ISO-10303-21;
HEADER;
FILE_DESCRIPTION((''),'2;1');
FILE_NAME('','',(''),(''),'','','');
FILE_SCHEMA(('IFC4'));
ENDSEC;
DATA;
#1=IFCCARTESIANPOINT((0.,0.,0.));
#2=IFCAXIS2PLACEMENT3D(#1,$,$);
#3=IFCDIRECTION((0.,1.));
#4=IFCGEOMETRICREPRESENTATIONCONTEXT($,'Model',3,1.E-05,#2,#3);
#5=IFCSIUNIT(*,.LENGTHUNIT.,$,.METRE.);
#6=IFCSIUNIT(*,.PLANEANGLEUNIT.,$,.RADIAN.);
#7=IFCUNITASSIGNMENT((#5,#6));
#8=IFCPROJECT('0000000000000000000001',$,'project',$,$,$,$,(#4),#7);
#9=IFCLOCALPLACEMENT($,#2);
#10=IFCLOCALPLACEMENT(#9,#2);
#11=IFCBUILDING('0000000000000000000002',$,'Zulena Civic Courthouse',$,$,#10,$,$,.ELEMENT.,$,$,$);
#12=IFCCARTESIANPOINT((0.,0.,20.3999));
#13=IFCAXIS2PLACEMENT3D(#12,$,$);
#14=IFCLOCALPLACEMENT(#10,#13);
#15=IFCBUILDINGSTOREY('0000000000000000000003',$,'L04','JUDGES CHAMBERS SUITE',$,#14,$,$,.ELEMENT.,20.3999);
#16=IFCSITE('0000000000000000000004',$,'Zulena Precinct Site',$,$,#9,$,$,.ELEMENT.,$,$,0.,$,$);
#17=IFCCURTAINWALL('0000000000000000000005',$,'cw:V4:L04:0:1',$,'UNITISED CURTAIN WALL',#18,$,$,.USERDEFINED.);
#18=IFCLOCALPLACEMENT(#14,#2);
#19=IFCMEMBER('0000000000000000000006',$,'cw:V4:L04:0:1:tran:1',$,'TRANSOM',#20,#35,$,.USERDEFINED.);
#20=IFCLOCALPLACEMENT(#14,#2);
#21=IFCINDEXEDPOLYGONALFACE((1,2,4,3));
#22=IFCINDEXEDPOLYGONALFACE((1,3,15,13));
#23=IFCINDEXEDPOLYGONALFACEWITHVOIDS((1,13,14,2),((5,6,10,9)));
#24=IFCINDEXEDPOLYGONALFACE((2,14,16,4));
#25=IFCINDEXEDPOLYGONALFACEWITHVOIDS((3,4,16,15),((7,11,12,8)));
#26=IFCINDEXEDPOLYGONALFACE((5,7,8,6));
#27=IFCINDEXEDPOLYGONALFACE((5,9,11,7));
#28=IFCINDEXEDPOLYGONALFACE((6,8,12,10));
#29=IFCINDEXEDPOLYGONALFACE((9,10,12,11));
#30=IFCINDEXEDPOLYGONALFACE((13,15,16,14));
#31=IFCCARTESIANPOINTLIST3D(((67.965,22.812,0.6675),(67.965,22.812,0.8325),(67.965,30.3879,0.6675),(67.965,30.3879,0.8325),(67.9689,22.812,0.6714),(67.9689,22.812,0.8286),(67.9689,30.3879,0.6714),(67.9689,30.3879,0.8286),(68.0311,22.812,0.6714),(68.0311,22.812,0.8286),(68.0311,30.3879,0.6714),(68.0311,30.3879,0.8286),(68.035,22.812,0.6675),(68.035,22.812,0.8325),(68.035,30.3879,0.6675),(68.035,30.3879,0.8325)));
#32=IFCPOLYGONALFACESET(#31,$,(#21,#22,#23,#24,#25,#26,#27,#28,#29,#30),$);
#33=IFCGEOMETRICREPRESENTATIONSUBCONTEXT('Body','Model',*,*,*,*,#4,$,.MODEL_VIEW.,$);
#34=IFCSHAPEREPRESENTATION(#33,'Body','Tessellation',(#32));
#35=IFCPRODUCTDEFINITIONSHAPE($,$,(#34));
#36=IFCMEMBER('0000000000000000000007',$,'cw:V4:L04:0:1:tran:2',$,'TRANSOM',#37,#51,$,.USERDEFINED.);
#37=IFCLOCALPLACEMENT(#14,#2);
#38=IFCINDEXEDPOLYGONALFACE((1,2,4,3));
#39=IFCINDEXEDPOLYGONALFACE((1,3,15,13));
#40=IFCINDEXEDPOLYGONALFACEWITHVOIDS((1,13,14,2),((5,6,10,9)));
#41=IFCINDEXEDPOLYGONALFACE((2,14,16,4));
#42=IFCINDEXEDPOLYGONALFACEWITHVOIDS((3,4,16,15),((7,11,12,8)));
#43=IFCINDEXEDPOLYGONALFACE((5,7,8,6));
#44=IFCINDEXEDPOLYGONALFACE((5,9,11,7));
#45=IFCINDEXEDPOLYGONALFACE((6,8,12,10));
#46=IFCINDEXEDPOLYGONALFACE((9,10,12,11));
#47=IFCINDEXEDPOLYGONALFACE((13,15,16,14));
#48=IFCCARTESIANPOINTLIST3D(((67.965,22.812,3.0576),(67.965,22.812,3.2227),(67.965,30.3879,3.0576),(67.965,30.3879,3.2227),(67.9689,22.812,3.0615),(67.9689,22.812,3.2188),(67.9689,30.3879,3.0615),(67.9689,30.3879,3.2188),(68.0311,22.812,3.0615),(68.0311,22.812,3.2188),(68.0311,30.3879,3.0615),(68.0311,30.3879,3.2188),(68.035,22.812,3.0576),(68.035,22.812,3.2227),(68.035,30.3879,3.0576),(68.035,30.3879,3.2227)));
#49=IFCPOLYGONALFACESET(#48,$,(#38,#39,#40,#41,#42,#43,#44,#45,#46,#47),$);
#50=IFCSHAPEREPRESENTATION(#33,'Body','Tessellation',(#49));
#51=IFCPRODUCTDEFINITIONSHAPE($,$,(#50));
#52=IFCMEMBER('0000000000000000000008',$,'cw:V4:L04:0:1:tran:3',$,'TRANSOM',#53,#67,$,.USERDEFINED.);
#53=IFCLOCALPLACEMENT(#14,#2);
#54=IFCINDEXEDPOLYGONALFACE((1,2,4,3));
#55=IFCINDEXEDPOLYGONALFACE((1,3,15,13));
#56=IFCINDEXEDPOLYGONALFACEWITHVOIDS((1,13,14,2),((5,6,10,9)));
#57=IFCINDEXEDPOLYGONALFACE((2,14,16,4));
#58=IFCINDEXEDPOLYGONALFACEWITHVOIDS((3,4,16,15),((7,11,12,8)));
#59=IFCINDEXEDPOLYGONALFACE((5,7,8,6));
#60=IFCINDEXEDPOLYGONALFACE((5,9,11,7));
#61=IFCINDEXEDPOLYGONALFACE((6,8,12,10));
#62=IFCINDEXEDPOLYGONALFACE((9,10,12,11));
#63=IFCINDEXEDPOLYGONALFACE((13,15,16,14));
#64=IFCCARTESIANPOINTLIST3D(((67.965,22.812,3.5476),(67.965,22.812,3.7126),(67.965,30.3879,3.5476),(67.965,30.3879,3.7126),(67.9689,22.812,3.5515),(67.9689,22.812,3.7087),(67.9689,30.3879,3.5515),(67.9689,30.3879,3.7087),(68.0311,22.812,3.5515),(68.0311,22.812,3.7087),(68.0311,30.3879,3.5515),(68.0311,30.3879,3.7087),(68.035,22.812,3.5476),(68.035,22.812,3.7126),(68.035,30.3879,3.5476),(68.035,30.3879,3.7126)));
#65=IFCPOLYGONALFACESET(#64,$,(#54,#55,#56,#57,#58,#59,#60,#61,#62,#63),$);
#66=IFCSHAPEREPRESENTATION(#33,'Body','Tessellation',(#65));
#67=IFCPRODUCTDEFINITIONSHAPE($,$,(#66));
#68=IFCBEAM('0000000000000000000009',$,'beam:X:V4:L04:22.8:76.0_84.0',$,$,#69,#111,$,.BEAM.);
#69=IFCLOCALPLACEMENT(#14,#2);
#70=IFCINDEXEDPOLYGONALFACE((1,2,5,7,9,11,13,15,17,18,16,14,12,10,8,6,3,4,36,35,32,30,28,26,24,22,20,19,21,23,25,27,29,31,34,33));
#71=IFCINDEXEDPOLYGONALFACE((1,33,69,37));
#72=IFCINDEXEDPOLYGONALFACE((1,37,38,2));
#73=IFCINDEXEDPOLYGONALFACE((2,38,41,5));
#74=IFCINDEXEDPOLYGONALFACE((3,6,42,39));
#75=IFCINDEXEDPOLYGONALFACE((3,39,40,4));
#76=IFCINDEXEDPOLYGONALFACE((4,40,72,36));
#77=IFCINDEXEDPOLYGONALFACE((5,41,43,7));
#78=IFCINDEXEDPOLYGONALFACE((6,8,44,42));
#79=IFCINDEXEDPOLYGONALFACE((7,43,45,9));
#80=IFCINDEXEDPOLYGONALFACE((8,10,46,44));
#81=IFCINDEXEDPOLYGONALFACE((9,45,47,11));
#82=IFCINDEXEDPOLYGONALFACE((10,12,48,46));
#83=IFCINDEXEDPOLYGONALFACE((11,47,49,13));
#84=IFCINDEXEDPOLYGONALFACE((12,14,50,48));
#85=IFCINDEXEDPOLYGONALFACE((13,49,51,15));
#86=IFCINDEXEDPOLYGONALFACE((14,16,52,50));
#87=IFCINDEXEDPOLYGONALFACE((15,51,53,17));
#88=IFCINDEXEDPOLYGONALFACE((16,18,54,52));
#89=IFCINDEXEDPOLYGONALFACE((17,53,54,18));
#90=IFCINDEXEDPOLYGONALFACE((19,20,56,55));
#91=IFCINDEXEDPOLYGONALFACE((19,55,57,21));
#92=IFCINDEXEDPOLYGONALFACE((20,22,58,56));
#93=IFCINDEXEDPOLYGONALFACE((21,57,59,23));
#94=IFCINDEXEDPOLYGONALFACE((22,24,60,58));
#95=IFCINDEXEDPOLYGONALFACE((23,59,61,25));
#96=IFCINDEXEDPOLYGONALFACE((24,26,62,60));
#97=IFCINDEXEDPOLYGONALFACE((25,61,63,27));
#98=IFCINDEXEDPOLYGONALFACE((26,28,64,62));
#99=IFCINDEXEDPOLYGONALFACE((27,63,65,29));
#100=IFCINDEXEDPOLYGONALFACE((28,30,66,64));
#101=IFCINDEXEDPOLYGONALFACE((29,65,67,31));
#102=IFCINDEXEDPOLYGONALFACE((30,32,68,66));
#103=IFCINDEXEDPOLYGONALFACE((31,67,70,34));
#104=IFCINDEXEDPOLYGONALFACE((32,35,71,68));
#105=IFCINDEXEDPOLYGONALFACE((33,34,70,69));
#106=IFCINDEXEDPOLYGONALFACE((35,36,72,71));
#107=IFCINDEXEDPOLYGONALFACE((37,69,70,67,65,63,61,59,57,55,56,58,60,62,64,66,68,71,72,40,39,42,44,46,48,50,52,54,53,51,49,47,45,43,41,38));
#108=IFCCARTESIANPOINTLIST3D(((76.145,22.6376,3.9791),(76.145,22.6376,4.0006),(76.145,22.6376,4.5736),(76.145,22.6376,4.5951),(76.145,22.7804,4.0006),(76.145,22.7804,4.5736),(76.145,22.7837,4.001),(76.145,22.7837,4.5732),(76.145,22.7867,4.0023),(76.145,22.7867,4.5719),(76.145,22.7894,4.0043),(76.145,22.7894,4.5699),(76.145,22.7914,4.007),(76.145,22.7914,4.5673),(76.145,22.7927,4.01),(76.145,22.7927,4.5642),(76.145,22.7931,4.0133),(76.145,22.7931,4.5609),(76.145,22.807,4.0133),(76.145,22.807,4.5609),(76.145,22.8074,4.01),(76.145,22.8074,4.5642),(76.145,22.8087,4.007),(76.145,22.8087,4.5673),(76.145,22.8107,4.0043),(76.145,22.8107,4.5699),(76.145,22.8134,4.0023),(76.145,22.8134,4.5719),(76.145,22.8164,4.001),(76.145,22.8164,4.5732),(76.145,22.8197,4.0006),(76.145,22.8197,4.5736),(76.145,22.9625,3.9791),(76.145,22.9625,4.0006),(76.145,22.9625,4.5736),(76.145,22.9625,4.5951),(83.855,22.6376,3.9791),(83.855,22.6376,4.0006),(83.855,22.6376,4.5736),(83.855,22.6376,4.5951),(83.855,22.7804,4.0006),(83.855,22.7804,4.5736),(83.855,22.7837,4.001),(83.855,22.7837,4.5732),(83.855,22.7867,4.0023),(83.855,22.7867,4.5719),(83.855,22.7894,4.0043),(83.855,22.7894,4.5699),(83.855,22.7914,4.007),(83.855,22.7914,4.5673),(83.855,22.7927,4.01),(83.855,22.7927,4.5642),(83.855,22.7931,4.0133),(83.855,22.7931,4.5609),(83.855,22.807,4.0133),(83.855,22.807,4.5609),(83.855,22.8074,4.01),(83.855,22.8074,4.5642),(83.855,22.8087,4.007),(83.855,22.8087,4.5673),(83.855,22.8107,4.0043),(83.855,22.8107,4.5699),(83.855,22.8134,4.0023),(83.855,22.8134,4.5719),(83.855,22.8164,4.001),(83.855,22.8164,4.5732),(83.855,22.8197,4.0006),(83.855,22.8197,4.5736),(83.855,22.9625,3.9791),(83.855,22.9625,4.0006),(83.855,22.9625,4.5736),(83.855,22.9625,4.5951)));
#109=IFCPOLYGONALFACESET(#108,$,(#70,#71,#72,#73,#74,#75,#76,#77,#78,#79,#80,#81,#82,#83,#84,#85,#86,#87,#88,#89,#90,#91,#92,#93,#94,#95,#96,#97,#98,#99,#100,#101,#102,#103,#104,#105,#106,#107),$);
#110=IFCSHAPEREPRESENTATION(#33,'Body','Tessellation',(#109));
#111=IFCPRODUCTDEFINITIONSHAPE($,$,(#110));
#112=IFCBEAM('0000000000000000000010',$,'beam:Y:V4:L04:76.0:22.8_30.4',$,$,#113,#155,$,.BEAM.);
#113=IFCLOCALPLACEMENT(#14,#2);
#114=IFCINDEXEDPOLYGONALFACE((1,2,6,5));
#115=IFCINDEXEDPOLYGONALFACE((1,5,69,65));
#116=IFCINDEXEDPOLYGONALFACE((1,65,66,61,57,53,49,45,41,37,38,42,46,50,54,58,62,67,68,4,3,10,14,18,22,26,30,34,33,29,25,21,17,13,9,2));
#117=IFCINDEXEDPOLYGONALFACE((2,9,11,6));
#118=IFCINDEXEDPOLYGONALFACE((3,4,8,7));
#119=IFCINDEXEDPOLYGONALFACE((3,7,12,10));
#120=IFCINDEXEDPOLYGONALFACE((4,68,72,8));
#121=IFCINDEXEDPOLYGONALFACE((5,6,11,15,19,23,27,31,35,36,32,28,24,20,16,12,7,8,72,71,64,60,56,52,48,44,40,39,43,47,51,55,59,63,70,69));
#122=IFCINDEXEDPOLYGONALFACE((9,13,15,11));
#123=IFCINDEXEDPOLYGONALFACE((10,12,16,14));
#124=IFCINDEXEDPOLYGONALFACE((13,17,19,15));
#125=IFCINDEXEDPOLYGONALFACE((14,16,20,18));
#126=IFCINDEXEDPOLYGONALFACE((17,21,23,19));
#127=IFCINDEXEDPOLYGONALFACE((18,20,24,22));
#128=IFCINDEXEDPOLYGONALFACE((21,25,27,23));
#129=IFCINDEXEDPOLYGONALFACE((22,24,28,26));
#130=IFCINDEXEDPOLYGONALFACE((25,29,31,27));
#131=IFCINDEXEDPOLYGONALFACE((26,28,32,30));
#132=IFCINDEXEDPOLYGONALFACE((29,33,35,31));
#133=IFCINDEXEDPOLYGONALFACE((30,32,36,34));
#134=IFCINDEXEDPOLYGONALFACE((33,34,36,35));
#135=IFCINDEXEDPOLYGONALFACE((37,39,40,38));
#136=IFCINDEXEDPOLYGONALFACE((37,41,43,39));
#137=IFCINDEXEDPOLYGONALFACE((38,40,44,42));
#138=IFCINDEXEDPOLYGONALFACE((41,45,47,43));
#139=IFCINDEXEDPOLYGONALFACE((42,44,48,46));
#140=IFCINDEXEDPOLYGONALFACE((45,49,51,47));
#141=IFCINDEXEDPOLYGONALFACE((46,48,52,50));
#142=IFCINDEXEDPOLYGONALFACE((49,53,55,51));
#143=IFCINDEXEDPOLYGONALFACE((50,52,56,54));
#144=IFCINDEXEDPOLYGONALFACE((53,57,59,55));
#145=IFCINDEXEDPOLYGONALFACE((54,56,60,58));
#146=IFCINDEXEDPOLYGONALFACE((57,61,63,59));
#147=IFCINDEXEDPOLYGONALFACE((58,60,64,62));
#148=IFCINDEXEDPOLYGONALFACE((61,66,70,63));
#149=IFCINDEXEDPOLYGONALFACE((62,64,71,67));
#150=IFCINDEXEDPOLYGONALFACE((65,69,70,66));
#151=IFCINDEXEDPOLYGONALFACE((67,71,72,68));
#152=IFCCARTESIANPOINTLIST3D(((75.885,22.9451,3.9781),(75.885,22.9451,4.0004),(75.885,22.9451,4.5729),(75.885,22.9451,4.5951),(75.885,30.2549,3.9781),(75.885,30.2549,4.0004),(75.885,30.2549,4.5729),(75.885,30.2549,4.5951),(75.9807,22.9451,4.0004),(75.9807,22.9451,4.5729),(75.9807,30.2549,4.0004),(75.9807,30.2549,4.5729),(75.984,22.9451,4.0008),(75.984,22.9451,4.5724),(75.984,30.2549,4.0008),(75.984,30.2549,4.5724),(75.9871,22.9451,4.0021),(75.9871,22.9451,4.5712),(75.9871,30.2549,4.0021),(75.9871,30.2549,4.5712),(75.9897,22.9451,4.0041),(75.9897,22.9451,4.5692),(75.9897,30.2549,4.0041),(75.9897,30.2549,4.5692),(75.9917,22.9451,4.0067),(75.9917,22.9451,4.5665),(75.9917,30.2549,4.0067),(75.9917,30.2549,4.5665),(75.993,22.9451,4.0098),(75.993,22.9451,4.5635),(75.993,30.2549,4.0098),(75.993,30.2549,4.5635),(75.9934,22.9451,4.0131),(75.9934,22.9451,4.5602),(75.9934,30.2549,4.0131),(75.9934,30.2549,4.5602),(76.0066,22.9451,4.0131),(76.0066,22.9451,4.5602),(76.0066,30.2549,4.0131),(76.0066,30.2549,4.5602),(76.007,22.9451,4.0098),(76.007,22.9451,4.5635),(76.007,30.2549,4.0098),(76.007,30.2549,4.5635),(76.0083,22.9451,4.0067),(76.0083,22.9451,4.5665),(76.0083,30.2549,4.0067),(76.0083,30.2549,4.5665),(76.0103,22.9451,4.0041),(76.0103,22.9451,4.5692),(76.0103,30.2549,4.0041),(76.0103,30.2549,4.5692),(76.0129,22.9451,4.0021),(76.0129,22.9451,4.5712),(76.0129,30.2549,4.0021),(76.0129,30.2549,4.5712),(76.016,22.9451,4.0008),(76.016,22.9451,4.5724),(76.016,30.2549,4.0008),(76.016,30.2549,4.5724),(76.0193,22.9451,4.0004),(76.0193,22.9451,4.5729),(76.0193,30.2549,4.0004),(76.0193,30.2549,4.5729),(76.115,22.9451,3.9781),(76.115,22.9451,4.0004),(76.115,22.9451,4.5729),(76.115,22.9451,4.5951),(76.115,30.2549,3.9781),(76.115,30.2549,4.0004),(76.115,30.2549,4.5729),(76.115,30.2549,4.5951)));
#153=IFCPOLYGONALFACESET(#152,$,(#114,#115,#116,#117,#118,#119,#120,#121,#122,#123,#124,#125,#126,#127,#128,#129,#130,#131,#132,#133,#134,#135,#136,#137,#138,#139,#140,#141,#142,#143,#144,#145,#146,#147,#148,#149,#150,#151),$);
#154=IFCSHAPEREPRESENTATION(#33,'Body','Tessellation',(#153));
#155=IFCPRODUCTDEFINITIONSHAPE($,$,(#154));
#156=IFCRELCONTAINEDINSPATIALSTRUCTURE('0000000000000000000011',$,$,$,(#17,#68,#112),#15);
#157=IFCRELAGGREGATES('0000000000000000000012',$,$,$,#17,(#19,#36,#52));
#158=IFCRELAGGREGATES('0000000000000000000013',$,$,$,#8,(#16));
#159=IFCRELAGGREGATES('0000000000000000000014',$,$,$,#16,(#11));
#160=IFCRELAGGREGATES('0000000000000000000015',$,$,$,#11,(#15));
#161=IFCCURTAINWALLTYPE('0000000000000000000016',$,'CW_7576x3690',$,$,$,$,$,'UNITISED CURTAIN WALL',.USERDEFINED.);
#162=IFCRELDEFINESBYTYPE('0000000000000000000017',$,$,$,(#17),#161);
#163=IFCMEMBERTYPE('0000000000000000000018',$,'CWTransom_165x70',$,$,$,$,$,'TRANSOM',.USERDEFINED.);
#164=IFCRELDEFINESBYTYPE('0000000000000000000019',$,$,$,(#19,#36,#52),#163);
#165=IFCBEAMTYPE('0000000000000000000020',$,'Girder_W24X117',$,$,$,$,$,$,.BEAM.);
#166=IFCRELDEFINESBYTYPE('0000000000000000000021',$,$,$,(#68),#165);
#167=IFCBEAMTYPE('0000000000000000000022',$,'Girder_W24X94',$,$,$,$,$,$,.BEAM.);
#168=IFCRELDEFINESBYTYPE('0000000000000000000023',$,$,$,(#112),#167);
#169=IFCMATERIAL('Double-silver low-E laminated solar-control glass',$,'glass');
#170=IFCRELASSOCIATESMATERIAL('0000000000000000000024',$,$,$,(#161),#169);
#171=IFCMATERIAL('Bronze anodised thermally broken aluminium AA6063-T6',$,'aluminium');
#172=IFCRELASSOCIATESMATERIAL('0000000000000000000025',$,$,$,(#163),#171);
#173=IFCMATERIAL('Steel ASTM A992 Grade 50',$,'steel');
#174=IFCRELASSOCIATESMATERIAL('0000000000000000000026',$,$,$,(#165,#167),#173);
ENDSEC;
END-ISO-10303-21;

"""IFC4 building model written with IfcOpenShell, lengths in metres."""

from ifc_helpers import new_model, si_unit, direction, frame, origin, origin_2d, place, context, subcontext, project, spatial, hollow_rectangle, i_section, extrude, material, material_profile, profile_set, type_object, element, aggregate, save


model = new_model("IFC4")

# Units and contexts
model_context = context("Model", 3, precision=1e-05, world=origin(), true_north=direction((0.0, 1.0)))
body_context = subcontext(model_context, "Body", "Model", "MODEL_VIEW")
ifc_project = project(units=[si_unit("LENGTHUNIT", "METRE"), si_unit("PLANEANGLEUNIT", "RADIAN")], contexts=[model_context])

# Site, building, storey
site_placement = place(None, origin())
site = spatial("IfcSite", under=ifc_project, at=site_placement, Name="Zulena Precinct Site", CompositionType="ELEMENT", RefElevation=0.0)
building_placement = place(site_placement, origin())
building = spatial("IfcBuilding", under=site, at=building_placement, Name="Zulena Civic Courthouse", CompositionType="ELEMENT")
storey_placement = place(building_placement, frame((0.0, 0.0, 20.3999)))
storey = spatial("IfcBuildingStorey", under=building, at=storey_placement, Name="L04", Description="JUDGES CHAMBERS SUITE", CompositionType="ELEMENT", Elevation=20.3999)

# Shared definitions
ifc_material_1 = material(Name="Steel ASTM A992 Grade 50", Category="steel")

# Curtain wall, members
ifc_material_2 = material(Name="Double-silver low-E laminated solar-control glass", Category="glass")
curtain_wall_type = type_object("IfcCurtainWallType", Name="CW_7576x3690", ElementType="UNITISED CURTAIN WALL", PredefinedType="USERDEFINED", material=ifc_material_2)
curtain_wall_placement = place(storey_placement, origin())
curtain_wall = element("IfcCurtainWall", 1, at=curtain_wall_placement, inside=storey, type_object=curtain_wall_type, Name="cw:V4:L04:0:1", ObjectType="UNITISED CURTAIN WALL", PredefinedType="USERDEFINED")
ifc_material_3 = material(Name="Bronze anodised thermally broken aluminium AA6063-T6", Category="aluminium")
ifc_material_profile_1 = material_profile(ifc_material_3, hollow_rectangle(XDim=0.0701, YDim=0.165, WallThickness=0.0039, at=origin_2d()), Name="CWT165X70X4")
ifc_profile_set_1 = profile_set([ifc_material_profile_1], Name="Bronze anodised thermally broken aluminium AA6063-T6")
member_type_1 = type_object("IfcMemberType", Name="CWTransom_165x70", ElementType="TRANSOM", PredefinedType="USERDEFINED", material=ifc_profile_set_1)
member_1_placement = place(storey_placement, frame((68.0, 22.812, 0.75), z_axis=(0.0, 1.0, 0.0), x_axis=(-1.0, 0.0, 0.0)))
member_1 = element("IfcMember", 2, at=member_1_placement, type_object=member_type_1, Name="cw:V4:L04:0:1:tran:1", ObjectType="TRANSOM", PredefinedType="USERDEFINED", context=body_context, shape_type="SweptSolid", body=[
    extrude(hollow_rectangle(XDim=0.0701, YDim=0.165, WallThickness=0.0039, at=origin_2d()), origin(), (0.0, 0.0, 1.0), 7.5759),
])
member_2_placement = place(storey_placement, frame((68.0, 22.812, 3.1401), z_axis=(0.0, 1.0, 0.0), x_axis=(-1.0, 0.0, 0.0)))
member_2 = element("IfcMember", 3, at=member_2_placement, type_object=member_type_1, Name="cw:V4:L04:0:1:tran:2", ObjectType="TRANSOM", PredefinedType="USERDEFINED", context=body_context, shape_type="SweptSolid", body=[
    extrude(hollow_rectangle(XDim=0.0701, YDim=0.165, WallThickness=0.0039, at=origin_2d()), origin(), (0.0, 0.0, 1.0), 7.5759),
])
member_3_placement = place(storey_placement, frame((68.0, 22.812, 3.6301), z_axis=(0.0, 1.0, 0.0), x_axis=(-1.0, 0.0, 0.0)))
member_3 = element("IfcMember", 4, at=member_3_placement, type_object=member_type_1, Name="cw:V4:L04:0:1:tran:3", ObjectType="TRANSOM", PredefinedType="USERDEFINED", context=body_context, shape_type="SweptSolid", body=[
    extrude(hollow_rectangle(XDim=0.0701, YDim=0.165, WallThickness=0.0039, at=origin_2d()), origin(), (0.0, 0.0, 1.0), 7.5759),
])

# Beams
ifc_material_profile_2 = material_profile(ifc_material_1, i_section(OverallWidth=0.325, OverallDepth=0.616, WebThickness=0.0139, FlangeThickness=0.0215, FilletRadius=0.0127, at=origin_2d()), Name="W24X117")
ifc_profile_set_2 = profile_set([ifc_material_profile_2], Name="Steel ASTM A992 Grade 50")
beam_type_1 = type_object("IfcBeamType", Name="Girder_W24X117", PredefinedType="BEAM", material=ifc_profile_set_2)
beam_1_placement = place(storey_placement, frame((76.145, 22.8, 4.2871), z_axis=(1.0, 0.0, 0.0), x_axis=(0.0, 1.0, 0.0)))
element("IfcBeam", 5, at=beam_1_placement, inside=storey, type_object=beam_type_1, Name="beam:X:V4:L04:22.8:76.0_84.0", PredefinedType="BEAM", context=body_context, shape_type="SweptSolid", body=[
    extrude(i_section(OverallWidth=0.325, OverallDepth=0.616, WebThickness=0.0139, FlangeThickness=0.0215, FilletRadius=0.0127, at=origin_2d()), origin(), (0.0, 0.0, 1.0), 7.71),
])
ifc_material_profile_3 = material_profile(ifc_material_1, i_section(OverallWidth=0.23, OverallDepth=0.6169, WebThickness=0.0132, FlangeThickness=0.0222, FilletRadius=0.0127, at=origin_2d()), Name="W24X94")
ifc_profile_set_3 = profile_set([ifc_material_profile_3], Name="Steel ASTM A992 Grade 50")
beam_type_2 = type_object("IfcBeamType", Name="Girder_W24X94", PredefinedType="BEAM", material=ifc_profile_set_3)
beam_2_placement = place(storey_placement, frame((76.0, 22.9451, 4.2866), z_axis=(0.0, 1.0, 0.0), x_axis=(-1.0, 0.0, 0.0)))
element("IfcBeam", 6, at=beam_2_placement, inside=storey, type_object=beam_type_2, Name="beam:Y:V4:L04:76.0:22.8_30.4", PredefinedType="BEAM", context=body_context, shape_type="SweptSolid", body=[
    extrude(i_section(OverallWidth=0.23, OverallDepth=0.6169, WebThickness=0.0132, FlangeThickness=0.0222, FilletRadius=0.0127, at=origin_2d()), origin(), (0.0, 0.0, 1.0), 7.3098),
])

aggregate(curtain_wall, [member_1, member_2, member_3])

save(model, "model.ifc")
